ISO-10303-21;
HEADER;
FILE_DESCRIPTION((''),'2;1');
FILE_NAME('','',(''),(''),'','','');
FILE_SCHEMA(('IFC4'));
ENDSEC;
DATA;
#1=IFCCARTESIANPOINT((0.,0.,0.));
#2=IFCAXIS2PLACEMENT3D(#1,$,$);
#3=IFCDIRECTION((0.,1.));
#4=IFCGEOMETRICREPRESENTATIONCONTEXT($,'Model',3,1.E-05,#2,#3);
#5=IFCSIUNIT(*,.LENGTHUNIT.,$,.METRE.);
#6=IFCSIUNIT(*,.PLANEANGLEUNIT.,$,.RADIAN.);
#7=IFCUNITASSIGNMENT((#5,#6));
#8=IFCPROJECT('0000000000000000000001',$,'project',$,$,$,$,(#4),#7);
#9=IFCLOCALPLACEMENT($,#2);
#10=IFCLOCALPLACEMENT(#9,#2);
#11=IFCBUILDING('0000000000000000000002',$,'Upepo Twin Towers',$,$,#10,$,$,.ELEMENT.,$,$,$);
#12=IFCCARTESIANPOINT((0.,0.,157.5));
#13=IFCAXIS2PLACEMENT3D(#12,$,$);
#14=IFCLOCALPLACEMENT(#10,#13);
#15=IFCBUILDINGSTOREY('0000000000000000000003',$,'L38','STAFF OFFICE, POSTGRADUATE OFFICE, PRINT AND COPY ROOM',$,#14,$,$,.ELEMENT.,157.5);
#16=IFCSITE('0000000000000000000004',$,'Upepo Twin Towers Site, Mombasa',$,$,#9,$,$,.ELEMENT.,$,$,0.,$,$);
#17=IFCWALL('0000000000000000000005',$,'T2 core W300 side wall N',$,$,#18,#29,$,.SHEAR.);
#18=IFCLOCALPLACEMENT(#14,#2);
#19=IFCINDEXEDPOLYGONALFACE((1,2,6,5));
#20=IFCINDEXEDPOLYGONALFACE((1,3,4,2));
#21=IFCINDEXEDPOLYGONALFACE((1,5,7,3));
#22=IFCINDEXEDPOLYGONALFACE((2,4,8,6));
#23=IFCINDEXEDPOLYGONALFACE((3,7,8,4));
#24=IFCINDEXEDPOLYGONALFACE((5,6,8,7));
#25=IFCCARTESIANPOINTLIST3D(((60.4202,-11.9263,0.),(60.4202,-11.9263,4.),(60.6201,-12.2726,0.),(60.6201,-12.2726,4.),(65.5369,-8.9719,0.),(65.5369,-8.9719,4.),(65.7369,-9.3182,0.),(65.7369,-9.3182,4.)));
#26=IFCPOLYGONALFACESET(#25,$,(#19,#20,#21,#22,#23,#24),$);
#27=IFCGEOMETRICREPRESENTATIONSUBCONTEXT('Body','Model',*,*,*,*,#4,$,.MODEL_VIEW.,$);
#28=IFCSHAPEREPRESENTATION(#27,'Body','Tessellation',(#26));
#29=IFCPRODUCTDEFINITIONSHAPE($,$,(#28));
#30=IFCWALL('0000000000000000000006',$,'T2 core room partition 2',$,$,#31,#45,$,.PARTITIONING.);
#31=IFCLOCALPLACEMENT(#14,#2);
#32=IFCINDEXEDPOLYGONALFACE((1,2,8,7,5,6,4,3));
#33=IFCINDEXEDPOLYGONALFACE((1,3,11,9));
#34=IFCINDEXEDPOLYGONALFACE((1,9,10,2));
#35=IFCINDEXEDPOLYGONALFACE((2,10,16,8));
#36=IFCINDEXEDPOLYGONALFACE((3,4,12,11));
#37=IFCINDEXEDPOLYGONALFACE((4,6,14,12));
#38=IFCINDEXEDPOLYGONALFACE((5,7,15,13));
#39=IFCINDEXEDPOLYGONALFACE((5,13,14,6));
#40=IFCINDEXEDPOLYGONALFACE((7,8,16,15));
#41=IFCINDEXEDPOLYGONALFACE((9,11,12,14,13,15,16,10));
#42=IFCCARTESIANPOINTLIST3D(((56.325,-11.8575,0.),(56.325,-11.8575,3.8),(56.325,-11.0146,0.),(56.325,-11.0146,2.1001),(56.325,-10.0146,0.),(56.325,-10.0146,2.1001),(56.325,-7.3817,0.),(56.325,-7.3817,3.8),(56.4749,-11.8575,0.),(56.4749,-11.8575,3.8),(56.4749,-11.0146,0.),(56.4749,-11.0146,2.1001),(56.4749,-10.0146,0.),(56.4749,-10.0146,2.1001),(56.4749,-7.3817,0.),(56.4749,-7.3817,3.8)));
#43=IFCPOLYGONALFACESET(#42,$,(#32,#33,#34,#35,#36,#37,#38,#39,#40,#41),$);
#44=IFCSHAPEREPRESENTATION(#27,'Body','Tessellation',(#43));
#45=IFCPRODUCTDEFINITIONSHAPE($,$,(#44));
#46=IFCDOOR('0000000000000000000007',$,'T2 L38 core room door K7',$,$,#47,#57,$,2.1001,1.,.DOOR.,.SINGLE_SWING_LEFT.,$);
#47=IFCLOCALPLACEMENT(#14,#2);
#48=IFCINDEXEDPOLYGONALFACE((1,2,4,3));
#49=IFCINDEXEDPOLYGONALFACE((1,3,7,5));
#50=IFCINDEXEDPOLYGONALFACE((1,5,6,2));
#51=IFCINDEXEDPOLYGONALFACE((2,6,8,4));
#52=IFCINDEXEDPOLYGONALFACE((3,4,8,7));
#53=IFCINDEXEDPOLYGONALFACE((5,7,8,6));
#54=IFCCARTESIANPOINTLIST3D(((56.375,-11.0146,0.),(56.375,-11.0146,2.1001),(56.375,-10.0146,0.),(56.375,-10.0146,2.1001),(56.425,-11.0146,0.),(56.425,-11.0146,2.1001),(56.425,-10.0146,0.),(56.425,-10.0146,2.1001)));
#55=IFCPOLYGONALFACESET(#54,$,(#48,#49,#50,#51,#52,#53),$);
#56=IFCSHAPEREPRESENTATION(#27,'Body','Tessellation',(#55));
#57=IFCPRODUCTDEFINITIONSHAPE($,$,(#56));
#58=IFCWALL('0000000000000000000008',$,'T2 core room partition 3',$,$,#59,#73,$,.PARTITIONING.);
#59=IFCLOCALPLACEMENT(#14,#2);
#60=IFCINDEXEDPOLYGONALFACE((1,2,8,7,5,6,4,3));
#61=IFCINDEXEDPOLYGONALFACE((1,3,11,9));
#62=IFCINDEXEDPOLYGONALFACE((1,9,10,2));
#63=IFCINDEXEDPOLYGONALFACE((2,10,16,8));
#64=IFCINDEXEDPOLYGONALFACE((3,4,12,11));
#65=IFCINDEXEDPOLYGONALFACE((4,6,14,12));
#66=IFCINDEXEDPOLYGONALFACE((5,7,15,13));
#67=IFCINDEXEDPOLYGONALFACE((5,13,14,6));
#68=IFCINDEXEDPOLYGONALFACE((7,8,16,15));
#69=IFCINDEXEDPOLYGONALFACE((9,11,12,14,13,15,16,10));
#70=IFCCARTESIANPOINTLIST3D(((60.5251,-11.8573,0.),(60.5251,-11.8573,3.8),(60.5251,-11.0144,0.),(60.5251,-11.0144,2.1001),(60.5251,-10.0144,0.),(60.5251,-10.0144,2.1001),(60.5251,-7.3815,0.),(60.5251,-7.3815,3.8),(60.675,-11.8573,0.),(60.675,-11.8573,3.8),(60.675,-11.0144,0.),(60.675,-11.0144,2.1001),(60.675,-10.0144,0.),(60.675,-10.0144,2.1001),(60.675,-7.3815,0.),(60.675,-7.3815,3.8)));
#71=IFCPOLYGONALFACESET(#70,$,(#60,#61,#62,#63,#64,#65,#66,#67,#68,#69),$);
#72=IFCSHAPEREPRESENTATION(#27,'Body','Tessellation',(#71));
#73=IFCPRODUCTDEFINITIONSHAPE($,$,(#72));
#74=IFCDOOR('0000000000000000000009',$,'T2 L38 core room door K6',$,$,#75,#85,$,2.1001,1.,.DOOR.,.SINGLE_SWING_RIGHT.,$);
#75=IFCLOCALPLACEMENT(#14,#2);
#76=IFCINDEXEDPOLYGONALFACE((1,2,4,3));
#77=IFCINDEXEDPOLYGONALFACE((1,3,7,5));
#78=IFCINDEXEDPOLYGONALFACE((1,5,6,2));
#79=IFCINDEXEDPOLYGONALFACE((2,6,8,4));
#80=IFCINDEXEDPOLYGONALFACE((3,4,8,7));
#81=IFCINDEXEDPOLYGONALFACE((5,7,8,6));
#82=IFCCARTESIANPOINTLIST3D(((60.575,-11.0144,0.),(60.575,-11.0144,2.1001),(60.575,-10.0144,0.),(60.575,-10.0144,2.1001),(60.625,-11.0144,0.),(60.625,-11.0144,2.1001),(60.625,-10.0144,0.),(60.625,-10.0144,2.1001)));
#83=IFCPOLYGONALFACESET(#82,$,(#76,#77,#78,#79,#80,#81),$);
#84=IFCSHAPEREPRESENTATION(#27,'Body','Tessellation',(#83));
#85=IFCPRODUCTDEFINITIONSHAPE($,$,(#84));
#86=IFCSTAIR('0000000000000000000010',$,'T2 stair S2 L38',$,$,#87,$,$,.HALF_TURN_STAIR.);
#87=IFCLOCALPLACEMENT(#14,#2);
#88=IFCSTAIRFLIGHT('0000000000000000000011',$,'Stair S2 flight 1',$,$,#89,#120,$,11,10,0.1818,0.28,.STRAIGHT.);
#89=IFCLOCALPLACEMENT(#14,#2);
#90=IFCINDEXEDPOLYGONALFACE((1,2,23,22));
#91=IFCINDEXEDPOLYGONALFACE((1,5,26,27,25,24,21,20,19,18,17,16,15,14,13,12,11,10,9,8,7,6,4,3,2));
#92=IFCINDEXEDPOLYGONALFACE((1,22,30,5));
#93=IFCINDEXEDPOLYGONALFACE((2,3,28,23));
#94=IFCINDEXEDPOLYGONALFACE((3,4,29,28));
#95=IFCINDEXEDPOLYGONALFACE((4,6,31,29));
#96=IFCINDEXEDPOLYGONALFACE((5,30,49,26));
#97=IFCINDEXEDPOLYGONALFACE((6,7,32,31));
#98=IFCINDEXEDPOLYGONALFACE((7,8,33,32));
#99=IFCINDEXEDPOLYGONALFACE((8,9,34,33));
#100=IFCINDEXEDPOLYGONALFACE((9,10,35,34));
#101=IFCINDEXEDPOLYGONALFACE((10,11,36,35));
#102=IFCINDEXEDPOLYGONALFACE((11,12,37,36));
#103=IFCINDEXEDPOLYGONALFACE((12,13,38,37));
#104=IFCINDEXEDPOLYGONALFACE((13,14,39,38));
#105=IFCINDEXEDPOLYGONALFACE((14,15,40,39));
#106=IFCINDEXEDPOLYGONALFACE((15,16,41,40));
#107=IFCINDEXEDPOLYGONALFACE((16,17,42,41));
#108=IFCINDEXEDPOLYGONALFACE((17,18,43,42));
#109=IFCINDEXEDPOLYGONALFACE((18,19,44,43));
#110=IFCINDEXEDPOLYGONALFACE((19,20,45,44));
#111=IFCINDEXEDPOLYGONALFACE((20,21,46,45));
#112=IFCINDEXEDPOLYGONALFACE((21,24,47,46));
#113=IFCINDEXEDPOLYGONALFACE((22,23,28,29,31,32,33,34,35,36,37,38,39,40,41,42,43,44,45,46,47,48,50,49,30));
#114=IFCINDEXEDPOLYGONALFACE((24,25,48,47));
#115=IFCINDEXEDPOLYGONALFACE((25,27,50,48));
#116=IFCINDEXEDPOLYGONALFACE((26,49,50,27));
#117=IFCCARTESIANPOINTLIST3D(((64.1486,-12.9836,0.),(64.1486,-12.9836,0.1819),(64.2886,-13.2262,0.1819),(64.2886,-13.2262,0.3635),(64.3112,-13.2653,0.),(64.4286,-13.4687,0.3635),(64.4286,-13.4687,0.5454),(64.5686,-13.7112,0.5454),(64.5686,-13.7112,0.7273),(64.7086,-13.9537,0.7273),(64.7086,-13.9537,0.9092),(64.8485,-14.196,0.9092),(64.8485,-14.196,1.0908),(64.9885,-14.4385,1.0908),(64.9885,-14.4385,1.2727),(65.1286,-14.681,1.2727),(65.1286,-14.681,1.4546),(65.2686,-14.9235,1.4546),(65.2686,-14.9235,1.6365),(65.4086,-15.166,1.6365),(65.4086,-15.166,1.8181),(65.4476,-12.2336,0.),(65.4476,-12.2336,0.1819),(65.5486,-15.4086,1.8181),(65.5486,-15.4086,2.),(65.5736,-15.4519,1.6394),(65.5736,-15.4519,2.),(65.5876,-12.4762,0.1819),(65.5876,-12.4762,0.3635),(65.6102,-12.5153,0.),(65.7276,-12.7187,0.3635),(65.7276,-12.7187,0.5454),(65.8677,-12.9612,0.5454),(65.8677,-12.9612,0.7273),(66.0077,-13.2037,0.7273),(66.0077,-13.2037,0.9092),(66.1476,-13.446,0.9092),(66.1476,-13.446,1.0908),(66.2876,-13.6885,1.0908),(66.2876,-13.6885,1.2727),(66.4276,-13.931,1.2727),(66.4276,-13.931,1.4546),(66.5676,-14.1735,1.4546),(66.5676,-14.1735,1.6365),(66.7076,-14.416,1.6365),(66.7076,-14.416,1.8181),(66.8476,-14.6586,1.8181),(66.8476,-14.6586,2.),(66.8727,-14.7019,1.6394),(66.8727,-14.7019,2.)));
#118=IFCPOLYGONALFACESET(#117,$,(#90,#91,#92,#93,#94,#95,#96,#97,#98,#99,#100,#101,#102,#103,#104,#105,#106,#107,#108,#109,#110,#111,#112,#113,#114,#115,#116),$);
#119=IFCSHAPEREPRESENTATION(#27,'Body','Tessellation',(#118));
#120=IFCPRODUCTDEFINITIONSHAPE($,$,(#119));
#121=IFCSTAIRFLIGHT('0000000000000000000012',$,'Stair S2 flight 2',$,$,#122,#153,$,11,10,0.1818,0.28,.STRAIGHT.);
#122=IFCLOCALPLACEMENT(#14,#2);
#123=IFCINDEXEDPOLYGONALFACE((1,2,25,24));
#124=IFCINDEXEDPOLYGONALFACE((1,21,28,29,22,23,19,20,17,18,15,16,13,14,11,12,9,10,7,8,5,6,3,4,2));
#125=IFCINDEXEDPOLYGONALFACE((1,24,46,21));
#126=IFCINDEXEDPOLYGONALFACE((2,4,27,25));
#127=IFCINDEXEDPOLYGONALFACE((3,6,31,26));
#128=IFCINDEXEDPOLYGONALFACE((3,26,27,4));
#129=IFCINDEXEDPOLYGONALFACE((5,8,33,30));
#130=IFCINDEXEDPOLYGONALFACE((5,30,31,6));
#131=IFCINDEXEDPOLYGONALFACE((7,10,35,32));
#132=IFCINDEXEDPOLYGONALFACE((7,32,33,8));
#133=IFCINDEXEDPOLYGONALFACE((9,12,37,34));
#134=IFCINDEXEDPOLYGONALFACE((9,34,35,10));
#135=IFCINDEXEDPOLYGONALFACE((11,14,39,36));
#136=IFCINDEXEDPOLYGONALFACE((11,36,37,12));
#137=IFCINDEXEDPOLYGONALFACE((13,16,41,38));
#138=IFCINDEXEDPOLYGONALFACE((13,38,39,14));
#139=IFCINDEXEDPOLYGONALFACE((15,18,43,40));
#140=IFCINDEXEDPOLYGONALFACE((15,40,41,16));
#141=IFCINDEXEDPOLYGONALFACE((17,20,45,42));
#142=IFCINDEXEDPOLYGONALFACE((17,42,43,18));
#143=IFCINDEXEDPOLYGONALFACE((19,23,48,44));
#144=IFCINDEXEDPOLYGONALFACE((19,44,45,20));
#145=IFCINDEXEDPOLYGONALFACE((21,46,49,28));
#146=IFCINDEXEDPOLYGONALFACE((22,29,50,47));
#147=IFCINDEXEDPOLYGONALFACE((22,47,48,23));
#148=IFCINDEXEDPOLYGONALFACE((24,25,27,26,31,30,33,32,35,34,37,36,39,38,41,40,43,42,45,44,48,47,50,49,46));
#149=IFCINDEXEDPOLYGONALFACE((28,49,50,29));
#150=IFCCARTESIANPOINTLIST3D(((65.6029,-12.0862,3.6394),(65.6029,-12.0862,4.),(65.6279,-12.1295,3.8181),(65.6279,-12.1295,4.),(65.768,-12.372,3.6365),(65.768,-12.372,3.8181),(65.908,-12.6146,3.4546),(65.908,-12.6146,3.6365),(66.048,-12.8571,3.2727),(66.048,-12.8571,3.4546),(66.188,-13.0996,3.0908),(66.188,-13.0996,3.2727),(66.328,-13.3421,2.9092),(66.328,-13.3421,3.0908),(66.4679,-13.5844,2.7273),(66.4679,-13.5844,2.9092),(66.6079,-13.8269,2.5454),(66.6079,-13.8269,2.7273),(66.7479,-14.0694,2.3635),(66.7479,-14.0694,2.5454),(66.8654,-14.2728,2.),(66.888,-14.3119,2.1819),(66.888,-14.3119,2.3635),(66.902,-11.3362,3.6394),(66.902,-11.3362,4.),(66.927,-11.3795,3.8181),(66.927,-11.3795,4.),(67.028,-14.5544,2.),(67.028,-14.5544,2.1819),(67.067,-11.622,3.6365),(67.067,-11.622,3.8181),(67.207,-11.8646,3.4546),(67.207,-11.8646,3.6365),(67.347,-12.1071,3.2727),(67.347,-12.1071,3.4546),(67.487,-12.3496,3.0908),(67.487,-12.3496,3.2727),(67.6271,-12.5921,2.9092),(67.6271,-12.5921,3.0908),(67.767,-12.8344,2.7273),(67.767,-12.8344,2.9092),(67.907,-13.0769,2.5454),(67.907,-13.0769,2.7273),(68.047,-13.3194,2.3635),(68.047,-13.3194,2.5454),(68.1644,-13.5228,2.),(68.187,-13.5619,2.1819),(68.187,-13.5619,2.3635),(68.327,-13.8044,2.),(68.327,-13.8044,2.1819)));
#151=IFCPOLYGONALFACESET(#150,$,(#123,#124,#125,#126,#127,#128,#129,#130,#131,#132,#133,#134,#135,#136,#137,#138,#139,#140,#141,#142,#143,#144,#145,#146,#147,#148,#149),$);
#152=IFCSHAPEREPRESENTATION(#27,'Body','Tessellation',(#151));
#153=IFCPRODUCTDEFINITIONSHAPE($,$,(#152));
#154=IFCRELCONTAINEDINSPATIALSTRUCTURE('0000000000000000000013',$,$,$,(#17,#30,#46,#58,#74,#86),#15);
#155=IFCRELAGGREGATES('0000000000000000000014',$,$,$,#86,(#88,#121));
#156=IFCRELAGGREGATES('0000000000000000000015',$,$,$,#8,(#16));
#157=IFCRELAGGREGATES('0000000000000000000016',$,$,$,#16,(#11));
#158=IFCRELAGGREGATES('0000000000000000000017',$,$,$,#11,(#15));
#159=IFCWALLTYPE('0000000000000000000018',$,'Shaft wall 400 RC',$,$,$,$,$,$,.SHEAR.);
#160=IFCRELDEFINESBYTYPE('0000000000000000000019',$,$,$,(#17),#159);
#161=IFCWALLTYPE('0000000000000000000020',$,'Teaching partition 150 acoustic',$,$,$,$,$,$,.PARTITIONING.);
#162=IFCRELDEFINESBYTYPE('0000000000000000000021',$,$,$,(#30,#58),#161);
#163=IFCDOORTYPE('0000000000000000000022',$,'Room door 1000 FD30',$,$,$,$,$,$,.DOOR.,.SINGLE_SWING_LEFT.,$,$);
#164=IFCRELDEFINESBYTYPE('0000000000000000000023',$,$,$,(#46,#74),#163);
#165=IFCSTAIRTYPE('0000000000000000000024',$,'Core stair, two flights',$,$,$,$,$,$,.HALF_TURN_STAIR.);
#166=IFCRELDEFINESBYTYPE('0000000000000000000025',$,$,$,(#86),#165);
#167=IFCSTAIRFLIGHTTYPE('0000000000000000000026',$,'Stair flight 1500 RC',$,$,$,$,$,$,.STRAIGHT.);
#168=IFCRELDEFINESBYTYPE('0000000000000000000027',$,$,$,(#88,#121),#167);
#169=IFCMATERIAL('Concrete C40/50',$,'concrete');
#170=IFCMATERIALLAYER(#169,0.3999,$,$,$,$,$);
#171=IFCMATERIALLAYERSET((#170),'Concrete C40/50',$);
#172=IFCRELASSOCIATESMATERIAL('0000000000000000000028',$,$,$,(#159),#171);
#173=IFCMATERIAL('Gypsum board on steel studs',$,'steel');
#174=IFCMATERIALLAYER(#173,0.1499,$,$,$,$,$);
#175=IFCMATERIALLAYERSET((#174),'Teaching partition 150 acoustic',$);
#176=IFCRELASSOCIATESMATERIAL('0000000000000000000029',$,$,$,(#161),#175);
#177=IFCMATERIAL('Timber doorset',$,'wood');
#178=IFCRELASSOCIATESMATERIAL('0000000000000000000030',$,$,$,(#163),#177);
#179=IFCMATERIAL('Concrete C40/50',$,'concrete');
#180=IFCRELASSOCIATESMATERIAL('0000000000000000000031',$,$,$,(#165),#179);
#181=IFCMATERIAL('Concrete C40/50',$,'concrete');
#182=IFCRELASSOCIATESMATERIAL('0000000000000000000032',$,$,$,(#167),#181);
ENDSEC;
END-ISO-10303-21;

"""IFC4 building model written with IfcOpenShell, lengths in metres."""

from ifc_helpers import new_model, si_unit, direction, frame, frame_2d, origin, place, context, subcontext, project, spatial, polyline, rectangle, outline, extrude, material, layer, layer_set, type_object, element, fill, aggregate, save


model = new_model("IFC4")

# Units and contexts
model_context = context("Model", 3, precision=1e-05, world=origin(), true_north=direction((0.0, 1.0)))
body_context = subcontext(model_context, "Body", "Model", "MODEL_VIEW")
ifc_project = project(units=[si_unit("LENGTHUNIT", "METRE"), si_unit("PLANEANGLEUNIT", "RADIAN")], contexts=[model_context])

# Site, building, storey
site_placement = place(None, origin())
site = spatial("IfcSite", under=ifc_project, at=site_placement, Name="Upepo Twin Towers Site, Mombasa", CompositionType="ELEMENT", RefElevation=0.0)
building_placement = place(site_placement, origin())
building = spatial("IfcBuilding", under=site, at=building_placement, Name="Upepo Twin Towers", CompositionType="ELEMENT")
storey_placement = place(building_placement, frame((0.0, 0.0, 157.5)))
storey = spatial("IfcBuildingStorey", under=building, at=storey_placement, Name="L38", Description="STAFF OFFICE, POSTGRADUATE OFFICE, PRINT AND COPY ROOM", CompositionType="ELEMENT", Elevation=157.5)

# Wall
ifc_material_1 = material(Name="Concrete C40/50", Category="concrete")
ifc_layer_1 = layer(ifc_material_1, 0.3999)
ifc_layer_set_1 = layer_set([ifc_layer_1], Name="Concrete C40/50")
wall_type_1 = type_object("IfcWallType", Name="Shaft wall 400 RC", PredefinedType="SHEAR", material=ifc_layer_set_1)
for number, where, z_axis, x_axis, name in (
    (1, (60.5203, -12.0994, 0.0), (0.0, 0.0, 1.0), (0.866009, 0.500028, 0.0), "T2 core W300 side wall N"),
):
    element("IfcWall", number, at=place(storey_placement, frame(where, z_axis=z_axis, x_axis=x_axis)), inside=storey, type_object=wall_type_1, Name=name, PredefinedType="SHEAR", context=body_context, shape_type="SweptSolid", body=[
        extrude(rectangle(XDim=5.9084, YDim=0.3999, at=frame_2d((2.9541, 0.0))), origin(), (0.0, 0.0, 1.0), 4.0),
    ])

# Walls, openings, doors
ifc_material_2 = material(Name="Gypsum board on steel studs", Category="steel")
ifc_layer_2 = layer(ifc_material_2, 0.1499)
ifc_layer_set_2 = layer_set([ifc_layer_2], Name="Teaching partition 150 acoustic")
wall_type_2 = type_object("IfcWallType", Name="Teaching partition 150 acoustic", PredefinedType="PARTITIONING", material=ifc_layer_set_2)
wall_1_placement = place(storey_placement, frame((56.3999, -11.8574, 0.0), z_axis=(0.0, 0.0, 1.0), x_axis=(0.0, 1.0, 0.0)))
wall_1 = element("IfcWall", 2, at=wall_1_placement, inside=storey, type_object=wall_type_2, Name="T2 core room partition 2", PredefinedType="PARTITIONING", context=body_context, shape_type="SweptSolid", body=[
    extrude(rectangle(XDim=4.4758, YDim=0.1499, at=frame_2d((2.2378, 0.0))), origin(), (0.0, 0.0, 1.0), 3.8),
])
opening_1_placement = place(wall_1_placement, frame((0.8428, 0.0, 0.0)))
opening_1 = element("IfcOpeningElement", 3, at=opening_1_placement, cuts=wall_1, PredefinedType="OPENING", context=body_context, shape_type="SweptSolid", body=[
    extrude(rectangle(XDim=1.0, YDim=2.1001, at=frame_2d((0.5, 1.05))), frame((0.0, 0.085, 0.0), z_axis=(0.0, -1.0, 0.0), x_axis=(1.0, 0.0, 0.0)), (0.0, 0.0, 1.0), 0.1699),
])
ifc_material_3 = material(Name="Timber doorset", Category="wood")
door_type_1 = type_object("IfcDoorType", Name="Room door 1000 FD30", OperationType="SINGLE_SWING_LEFT", PredefinedType="DOOR", material=ifc_material_3)
door_1_placement = place(opening_1_placement, origin())
door_1 = element("IfcDoor", 4, at=door_1_placement, inside=storey, type_object=door_type_1, Name="T2 L38 core room door K7", OperationType="SINGLE_SWING_LEFT", OverallHeight=2.1001, OverallWidth=1.0, PredefinedType="DOOR", context=body_context, shape_type="SweptSolid", body=[
    extrude(rectangle(XDim=1.0, YDim=2.1001, at=frame_2d((0.5, 1.05))), frame((0.0, 0.0249, 0.0), z_axis=(0.0, -1.0, 0.0), x_axis=(1.0, 0.0, 0.0)), (0.0, 0.0, 1.0), 0.05),
])
fill(opening_1, door_1)
wall_2_placement = place(storey_placement, frame((60.6001, -7.3816, 0.0), z_axis=(0.0, 0.0, 1.0), x_axis=(0.0, -1.0, 0.0)))
wall_2 = element("IfcWall", 5, at=wall_2_placement, inside=storey, type_object=wall_type_2, Name="T2 core room partition 3", PredefinedType="PARTITIONING", context=body_context, shape_type="SweptSolid", body=[
    extrude(rectangle(XDim=4.4758, YDim=0.1499, at=frame_2d((2.2378, 0.0))), origin(), (0.0, 0.0, 1.0), 3.8),
])
opening_2_placement = place(wall_2_placement, frame((2.6328, 0.0, 0.0)))
opening_2 = element("IfcOpeningElement", 6, at=opening_2_placement, cuts=wall_2, PredefinedType="OPENING", context=body_context, shape_type="SweptSolid", body=[
    extrude(rectangle(XDim=1.0, YDim=2.1001, at=frame_2d((0.5, 1.05))), frame((0.0, 0.085, 0.0), z_axis=(0.0, -1.0, 0.0), x_axis=(1.0, 0.0, 0.0)), (0.0, 0.0, 1.0), 0.1699),
])
door_2_placement = place(opening_2_placement, origin())
door_2 = element("IfcDoor", 7, at=door_2_placement, inside=storey, type_object=door_type_1, Name="T2 L38 core room door K6", OperationType="SINGLE_SWING_RIGHT", OverallHeight=2.1001, OverallWidth=1.0, PredefinedType="DOOR", context=body_context, shape_type="SweptSolid", body=[
    extrude(rectangle(XDim=1.0, YDim=2.1001, at=frame_2d((0.5, 1.05))), frame((0.0, 0.0249, 0.0), z_axis=(0.0, -1.0, 0.0), x_axis=(1.0, 0.0, 0.0)), (0.0, 0.0, 1.0), 0.05),
])
fill(opening_2, door_2)

# Stair, stair flights
ifc_material_4 = material(Name="Concrete C40/50", Category="concrete")
stair_type = type_object("IfcStairType", Name="Core stair, two flights", PredefinedType="HALF_TURN_STAIR", material=ifc_material_4)
stair_placement = place(storey_placement, origin())
stair = element("IfcStair", 8, at=stair_placement, inside=storey, type_object=stair_type, Name="T2 stair S2 L38", PredefinedType="HALF_TURN_STAIR")
ifc_material_5 = material(Name="Concrete C40/50", Category="concrete")
stair_flight_type = type_object("IfcStairFlightType", Name="Stair flight 1500 RC", PredefinedType="STRAIGHT", material=ifc_material_5)
stair_flight_1_placement = place(storey_placement, frame((64.7981, -12.6086, 0.0), z_axis=(0.0, 0.0, 1.0), x_axis=(0.5, -0.866025, 0.0)))
stair_flight_1 = element("IfcStairFlight", 9, at=stair_flight_1_placement, type_object=stair_flight_type, Name="Stair S2 flight 1", NumberOfRisers=11, NumberOfTreads=10, PredefinedType="STRAIGHT", RiserHeight=0.1818, TreadLength=0.28, context=body_context, shape_type="SweptSolid", body=[
    extrude(outline(polyline([(0.0, 0.0), (0.0, 0.1819), (0.28, 0.1819), (0.28, 0.3635), (0.5601, 0.3635), (0.5601, 0.5454), (0.8401, 0.5454), (0.8401, 0.7273), (1.1201, 0.7273), (1.1201, 0.9092), (1.3999, 0.9092), (1.3999, 1.0908), (1.6799, 1.0908), (1.6799, 1.2727), (1.96, 1.2727), (1.96, 1.4546), (2.24, 1.4546), (2.24, 1.6365), (2.52, 1.6365), (2.52, 1.8181), (2.8, 1.8181), (2.8, 2.0), (2.8501, 2.0), (2.8501, 1.6394), (0.3252, 0.0), (0.0, 0.0)])), frame((0.0, 0.75, 0.0), z_axis=(0.0, -1.0, 0.0), x_axis=(1.0, 0.0, 0.0)), (0.0, 0.0, 1.0), 1.5),
])
stair_flight_2_placement = place(storey_placement, frame((67.6775, -14.1794, 2.0), z_axis=(0.0, 0.0, 1.0), x_axis=(-0.5, 0.866025, 0.0)))
stair_flight_2 = element("IfcStairFlight", 10, at=stair_flight_2_placement, type_object=stair_flight_type, Name="Stair S2 flight 2", NumberOfRisers=11, NumberOfTreads=10, PredefinedType="STRAIGHT", RiserHeight=0.1818, TreadLength=0.28, context=body_context, shape_type="SweptSolid", body=[
    extrude(outline(polyline([(0.0, 0.0), (0.0, 0.1819), (0.28, 0.1819), (0.28, 0.3635), (0.5601, 0.3635), (0.5601, 0.5454), (0.8401, 0.5454), (0.8401, 0.7273), (1.1201, 0.7273), (1.1201, 0.9092), (1.3999, 0.9092), (1.3999, 1.0908), (1.6799, 1.0908), (1.6799, 1.2727), (1.96, 1.2727), (1.96, 1.4546), (2.24, 1.4546), (2.24, 1.6365), (2.52, 1.6365), (2.52, 1.8181), (2.8, 1.8181), (2.8, 2.0), (2.8501, 2.0), (2.8501, 1.6394), (0.3252, 0.0), (0.0, 0.0)])), frame((0.0, 0.75, 0.0), z_axis=(0.0, -1.0, 0.0), x_axis=(1.0, 0.0, 0.0)), (0.0, 0.0, 1.0), 1.5),
])
aggregate(stair, [stair_flight_1, stair_flight_2])

save(model, "model.ifc")
